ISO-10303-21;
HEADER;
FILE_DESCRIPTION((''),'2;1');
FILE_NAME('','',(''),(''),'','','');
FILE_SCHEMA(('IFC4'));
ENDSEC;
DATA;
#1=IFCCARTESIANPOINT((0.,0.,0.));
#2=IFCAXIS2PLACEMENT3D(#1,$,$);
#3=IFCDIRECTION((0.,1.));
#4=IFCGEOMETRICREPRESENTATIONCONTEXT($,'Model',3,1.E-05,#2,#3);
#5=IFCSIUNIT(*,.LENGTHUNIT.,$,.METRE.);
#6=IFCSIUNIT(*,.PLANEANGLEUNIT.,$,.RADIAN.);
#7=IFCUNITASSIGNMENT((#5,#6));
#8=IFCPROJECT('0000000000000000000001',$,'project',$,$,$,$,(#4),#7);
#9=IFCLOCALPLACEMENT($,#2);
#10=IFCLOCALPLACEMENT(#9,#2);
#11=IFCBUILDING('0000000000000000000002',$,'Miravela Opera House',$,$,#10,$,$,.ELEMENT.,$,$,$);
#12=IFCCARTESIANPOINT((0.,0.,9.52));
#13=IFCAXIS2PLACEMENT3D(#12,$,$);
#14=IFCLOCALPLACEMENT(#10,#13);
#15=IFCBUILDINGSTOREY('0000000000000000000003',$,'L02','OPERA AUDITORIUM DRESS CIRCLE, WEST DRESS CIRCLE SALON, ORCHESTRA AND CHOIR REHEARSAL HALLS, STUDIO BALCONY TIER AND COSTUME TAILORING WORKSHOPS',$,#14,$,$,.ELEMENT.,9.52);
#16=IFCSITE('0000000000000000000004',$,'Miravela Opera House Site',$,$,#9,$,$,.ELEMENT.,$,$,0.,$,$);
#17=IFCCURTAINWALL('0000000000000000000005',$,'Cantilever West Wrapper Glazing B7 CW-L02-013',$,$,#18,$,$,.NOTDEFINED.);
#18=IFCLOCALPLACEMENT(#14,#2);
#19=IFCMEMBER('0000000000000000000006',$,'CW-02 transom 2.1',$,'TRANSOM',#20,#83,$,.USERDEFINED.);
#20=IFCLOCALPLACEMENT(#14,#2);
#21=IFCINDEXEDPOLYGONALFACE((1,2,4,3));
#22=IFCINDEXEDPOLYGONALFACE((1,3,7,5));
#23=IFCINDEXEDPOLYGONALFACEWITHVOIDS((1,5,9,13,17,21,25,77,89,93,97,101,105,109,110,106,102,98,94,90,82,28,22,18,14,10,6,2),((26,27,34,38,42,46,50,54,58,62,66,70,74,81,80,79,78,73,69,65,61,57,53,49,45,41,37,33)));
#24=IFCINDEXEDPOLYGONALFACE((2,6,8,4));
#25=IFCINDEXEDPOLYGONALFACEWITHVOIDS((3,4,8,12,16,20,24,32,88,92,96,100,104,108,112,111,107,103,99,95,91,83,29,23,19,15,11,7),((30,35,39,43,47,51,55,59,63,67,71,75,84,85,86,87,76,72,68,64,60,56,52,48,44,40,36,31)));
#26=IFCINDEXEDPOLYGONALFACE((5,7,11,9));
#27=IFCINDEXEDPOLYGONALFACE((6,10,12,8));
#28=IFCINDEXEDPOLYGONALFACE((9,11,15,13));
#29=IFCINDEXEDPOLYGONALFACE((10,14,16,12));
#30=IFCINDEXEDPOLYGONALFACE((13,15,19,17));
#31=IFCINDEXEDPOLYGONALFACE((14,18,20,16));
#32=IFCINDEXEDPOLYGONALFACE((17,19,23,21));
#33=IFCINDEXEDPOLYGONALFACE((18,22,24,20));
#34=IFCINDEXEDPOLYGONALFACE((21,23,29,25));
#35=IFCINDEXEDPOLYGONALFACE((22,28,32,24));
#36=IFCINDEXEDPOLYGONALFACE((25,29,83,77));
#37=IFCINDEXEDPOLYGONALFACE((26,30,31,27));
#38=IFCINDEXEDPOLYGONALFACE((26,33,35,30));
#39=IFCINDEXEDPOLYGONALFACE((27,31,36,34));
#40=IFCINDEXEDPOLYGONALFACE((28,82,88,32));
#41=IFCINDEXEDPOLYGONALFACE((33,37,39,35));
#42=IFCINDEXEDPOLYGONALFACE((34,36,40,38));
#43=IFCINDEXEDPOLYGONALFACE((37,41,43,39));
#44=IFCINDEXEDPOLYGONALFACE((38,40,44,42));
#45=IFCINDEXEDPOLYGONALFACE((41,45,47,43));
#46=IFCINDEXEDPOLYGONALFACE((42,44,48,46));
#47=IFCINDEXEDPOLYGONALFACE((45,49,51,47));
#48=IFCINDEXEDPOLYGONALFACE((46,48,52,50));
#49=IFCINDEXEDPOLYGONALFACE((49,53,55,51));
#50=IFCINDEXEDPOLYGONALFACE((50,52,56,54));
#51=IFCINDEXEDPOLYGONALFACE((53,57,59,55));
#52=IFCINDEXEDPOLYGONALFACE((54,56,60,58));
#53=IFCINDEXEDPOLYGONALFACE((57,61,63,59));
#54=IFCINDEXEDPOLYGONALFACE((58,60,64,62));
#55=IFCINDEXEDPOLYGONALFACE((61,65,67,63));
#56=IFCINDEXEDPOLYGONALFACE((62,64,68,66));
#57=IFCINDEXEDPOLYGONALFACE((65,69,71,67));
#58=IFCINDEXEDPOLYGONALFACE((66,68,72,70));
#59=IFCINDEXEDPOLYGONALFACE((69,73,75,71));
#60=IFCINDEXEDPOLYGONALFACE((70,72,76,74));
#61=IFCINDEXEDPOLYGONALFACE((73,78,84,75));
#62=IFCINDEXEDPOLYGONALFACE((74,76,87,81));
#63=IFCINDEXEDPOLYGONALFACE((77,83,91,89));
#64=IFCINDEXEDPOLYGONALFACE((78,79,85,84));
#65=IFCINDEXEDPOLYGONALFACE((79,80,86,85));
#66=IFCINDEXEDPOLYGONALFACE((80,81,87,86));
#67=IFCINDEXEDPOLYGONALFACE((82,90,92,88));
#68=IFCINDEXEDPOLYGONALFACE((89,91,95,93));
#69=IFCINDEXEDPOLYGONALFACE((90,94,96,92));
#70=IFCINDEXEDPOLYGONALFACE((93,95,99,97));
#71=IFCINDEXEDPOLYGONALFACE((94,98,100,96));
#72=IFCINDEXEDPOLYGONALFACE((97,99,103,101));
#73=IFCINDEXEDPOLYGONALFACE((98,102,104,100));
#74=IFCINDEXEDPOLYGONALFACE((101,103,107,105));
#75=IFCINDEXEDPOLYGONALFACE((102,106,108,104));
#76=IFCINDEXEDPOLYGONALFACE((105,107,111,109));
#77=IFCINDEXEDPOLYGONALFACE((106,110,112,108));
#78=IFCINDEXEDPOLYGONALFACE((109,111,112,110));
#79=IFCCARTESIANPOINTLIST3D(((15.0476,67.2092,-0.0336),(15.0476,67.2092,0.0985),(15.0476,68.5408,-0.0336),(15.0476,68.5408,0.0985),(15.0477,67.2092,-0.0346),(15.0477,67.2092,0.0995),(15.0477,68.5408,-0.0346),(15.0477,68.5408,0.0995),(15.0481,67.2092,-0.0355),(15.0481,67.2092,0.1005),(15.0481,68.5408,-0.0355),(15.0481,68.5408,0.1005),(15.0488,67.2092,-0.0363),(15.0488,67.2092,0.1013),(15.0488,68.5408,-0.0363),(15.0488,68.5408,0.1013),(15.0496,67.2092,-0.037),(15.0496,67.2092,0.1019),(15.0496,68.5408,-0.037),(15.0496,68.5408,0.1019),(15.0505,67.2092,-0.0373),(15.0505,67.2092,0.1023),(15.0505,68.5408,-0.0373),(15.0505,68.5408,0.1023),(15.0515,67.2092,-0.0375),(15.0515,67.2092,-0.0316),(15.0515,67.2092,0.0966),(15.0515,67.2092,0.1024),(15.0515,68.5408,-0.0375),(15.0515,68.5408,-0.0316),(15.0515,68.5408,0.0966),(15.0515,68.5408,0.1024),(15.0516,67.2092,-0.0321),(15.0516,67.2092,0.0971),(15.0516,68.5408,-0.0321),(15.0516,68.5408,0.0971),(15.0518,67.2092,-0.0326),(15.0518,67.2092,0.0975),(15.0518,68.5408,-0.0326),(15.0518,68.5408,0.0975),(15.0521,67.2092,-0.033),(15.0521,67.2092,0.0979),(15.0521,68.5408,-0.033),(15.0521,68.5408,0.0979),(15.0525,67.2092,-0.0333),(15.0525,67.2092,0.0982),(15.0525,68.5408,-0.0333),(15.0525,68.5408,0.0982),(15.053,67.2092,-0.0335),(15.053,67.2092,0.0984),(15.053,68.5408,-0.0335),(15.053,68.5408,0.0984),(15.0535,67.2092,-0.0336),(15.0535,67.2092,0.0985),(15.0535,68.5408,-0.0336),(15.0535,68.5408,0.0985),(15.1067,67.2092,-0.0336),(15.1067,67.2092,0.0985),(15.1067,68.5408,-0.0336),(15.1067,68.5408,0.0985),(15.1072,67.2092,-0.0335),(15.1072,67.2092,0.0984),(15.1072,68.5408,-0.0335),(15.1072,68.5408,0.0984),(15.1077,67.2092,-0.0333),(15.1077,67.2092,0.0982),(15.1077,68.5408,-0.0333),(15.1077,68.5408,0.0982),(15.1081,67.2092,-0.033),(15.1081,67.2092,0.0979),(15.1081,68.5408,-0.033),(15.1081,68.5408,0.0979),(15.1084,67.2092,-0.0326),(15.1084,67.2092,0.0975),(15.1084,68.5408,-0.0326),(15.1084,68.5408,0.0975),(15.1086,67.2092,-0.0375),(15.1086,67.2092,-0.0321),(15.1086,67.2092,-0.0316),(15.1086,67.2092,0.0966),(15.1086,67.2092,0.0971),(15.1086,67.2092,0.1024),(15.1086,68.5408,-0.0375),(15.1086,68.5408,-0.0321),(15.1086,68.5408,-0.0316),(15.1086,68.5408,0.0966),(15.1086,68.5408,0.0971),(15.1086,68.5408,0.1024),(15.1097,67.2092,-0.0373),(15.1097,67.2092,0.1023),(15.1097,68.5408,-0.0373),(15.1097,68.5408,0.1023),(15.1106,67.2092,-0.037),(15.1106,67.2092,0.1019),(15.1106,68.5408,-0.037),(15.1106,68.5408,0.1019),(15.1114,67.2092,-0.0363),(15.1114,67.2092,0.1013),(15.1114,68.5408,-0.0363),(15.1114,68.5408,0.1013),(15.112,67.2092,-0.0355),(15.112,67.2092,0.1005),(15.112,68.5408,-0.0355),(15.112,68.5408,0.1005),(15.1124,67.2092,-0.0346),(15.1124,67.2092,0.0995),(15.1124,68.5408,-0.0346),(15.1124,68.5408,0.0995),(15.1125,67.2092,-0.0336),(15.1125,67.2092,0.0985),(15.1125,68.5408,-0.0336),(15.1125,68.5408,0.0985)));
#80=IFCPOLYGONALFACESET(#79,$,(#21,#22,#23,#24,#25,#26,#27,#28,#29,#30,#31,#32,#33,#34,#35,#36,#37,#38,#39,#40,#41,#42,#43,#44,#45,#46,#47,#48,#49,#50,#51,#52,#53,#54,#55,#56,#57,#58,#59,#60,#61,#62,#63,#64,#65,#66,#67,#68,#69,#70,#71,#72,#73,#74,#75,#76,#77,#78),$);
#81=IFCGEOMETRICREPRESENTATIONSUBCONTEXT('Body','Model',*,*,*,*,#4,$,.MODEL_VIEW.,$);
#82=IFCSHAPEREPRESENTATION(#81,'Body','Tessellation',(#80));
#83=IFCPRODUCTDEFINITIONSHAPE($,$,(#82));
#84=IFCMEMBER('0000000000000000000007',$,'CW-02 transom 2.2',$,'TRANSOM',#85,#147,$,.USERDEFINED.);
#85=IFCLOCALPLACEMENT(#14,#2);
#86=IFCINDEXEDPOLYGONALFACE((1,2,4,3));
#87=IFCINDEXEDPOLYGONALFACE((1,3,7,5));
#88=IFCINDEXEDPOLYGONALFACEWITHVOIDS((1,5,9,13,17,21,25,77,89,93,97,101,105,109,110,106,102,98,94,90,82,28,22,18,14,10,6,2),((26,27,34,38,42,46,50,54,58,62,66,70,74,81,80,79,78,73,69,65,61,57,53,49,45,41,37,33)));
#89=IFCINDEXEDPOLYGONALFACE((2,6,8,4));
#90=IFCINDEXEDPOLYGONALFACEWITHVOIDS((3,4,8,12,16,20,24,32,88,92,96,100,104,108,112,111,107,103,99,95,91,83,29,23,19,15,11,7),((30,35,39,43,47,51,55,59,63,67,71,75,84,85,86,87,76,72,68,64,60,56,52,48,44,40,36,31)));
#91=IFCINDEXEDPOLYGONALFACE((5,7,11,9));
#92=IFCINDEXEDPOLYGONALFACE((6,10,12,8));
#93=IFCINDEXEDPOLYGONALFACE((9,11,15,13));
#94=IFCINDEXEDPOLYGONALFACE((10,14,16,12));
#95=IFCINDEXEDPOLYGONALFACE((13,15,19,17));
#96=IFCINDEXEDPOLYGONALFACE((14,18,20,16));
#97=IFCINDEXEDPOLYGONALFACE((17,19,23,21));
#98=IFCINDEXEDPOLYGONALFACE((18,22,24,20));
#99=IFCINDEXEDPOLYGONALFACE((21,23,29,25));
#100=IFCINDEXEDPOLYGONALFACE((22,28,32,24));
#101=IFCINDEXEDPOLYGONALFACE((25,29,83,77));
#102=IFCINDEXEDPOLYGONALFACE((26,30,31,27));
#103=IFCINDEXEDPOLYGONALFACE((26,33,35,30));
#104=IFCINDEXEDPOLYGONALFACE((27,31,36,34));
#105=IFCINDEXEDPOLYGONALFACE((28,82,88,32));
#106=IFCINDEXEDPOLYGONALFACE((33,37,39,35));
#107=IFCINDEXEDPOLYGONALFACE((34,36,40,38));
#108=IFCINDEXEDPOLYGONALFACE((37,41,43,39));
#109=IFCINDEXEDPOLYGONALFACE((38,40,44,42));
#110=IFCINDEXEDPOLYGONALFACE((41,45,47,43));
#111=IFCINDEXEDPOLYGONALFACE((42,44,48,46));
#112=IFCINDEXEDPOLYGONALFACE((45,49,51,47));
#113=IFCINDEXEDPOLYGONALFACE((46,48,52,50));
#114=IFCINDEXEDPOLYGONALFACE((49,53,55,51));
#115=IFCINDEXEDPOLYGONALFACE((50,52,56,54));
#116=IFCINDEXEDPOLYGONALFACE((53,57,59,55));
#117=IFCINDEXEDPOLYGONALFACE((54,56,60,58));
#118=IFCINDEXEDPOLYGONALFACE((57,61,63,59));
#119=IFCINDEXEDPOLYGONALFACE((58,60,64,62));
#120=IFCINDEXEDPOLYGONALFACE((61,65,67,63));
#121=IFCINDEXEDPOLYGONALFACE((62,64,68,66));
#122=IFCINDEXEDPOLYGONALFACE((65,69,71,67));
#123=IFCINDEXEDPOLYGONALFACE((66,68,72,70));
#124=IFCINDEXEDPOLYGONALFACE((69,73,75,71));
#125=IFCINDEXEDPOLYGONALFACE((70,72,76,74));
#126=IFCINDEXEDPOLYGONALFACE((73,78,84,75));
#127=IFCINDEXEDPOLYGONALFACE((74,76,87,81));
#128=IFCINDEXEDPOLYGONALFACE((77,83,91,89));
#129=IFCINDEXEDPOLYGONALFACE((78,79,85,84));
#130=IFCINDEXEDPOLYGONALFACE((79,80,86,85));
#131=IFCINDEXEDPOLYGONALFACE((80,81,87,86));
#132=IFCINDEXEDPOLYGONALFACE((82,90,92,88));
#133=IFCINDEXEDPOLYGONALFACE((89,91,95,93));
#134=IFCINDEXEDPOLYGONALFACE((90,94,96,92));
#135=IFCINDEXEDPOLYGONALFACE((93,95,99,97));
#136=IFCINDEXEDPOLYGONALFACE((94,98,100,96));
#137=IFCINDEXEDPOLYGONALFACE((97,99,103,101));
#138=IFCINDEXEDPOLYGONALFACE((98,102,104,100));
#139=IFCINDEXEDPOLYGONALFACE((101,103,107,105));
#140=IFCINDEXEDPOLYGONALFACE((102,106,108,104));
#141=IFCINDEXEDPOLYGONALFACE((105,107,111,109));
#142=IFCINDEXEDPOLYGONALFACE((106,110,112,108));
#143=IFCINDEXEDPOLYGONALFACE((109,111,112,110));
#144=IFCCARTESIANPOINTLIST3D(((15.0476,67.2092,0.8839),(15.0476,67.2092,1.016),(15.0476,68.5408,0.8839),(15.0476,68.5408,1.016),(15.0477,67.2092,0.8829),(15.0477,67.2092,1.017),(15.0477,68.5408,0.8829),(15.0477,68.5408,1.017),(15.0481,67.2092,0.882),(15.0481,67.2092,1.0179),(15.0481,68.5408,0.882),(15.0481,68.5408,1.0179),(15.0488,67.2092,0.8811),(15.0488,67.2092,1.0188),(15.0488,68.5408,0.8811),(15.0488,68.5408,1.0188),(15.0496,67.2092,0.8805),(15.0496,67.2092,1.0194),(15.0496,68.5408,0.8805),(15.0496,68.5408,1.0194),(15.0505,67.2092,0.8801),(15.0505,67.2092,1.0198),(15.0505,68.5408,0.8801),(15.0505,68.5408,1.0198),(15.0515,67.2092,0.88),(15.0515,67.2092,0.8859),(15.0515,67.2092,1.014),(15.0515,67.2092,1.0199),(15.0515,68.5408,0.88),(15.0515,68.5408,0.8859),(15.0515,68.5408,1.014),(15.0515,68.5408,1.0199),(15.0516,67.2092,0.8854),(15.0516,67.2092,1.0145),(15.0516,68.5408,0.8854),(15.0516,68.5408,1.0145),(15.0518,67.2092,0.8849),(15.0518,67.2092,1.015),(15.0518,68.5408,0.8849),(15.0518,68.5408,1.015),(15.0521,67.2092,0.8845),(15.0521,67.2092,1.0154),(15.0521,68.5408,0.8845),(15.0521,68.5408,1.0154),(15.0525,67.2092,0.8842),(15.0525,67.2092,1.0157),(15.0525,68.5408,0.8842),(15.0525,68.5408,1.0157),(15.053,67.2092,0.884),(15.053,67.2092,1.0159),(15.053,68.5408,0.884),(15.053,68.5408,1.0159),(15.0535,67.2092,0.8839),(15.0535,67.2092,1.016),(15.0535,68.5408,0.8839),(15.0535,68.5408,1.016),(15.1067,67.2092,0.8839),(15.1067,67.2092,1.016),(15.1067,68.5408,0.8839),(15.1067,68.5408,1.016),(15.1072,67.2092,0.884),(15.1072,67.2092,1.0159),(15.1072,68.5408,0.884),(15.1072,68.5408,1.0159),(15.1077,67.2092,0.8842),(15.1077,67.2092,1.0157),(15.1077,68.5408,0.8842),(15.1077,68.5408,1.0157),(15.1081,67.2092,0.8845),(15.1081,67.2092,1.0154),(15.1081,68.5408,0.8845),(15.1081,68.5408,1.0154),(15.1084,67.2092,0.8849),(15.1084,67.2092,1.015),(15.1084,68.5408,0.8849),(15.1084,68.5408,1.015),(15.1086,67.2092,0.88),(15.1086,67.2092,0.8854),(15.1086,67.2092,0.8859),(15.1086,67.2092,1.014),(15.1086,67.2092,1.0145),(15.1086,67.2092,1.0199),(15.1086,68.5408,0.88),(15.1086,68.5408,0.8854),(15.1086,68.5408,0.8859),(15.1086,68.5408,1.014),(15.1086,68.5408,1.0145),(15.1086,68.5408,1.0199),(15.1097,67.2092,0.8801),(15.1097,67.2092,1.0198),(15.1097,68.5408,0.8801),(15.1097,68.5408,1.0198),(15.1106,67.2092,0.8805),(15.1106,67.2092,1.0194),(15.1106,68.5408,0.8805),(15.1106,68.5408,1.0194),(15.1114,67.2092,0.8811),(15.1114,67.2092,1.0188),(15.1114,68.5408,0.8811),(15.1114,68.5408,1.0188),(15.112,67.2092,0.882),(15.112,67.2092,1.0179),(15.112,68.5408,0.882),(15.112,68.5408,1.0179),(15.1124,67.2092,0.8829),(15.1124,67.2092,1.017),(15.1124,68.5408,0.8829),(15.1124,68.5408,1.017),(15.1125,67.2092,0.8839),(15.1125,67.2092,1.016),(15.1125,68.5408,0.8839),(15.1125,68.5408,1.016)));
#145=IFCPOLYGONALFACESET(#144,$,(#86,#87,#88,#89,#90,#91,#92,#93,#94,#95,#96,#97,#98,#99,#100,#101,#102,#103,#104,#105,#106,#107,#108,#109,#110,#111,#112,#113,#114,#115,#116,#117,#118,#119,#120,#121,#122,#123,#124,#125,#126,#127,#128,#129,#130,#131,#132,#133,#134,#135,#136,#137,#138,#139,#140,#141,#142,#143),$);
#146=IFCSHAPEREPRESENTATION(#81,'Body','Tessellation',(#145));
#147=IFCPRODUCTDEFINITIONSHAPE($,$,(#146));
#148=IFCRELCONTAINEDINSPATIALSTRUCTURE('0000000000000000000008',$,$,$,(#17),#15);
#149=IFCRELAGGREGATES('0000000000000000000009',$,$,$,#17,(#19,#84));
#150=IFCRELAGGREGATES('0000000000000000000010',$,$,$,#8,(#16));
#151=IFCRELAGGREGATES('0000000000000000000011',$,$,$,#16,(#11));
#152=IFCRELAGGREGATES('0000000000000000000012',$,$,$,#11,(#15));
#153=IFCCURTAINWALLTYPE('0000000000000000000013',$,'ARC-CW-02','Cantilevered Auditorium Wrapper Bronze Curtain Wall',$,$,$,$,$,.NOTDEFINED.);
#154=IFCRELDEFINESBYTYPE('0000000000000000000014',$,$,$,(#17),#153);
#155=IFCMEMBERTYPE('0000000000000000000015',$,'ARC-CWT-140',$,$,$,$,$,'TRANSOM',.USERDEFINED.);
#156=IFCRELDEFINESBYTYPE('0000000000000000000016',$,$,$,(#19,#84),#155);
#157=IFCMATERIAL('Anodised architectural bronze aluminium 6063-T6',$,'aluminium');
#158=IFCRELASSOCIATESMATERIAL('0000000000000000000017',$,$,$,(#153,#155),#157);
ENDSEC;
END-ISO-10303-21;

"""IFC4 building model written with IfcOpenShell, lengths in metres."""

from ifc_helpers import new_model, si_unit, direction, frame, origin, origin_2d, place, context, subcontext, project, spatial, hollow_rectangle, extrude, material, material_profile, profile_set, type_object, element, aggregate, save


model = new_model("IFC4")

# Units and contexts
model_context = context("Model", 3, precision=1e-05, world=origin(), true_north=direction((0.0, 1.0)))
body_context = subcontext(model_context, "Body", "Model", "MODEL_VIEW")
ifc_project = project(units=[si_unit("LENGTHUNIT", "METRE"), si_unit("PLANEANGLEUNIT", "RADIAN")], contexts=[model_context])

# Site, building, storey
site_placement = place(None, origin())
site = spatial("IfcSite", under=ifc_project, at=site_placement, Name="Miravela Opera House Site", CompositionType="ELEMENT", RefElevation=0.0)
building_placement = place(site_placement, origin())
building = spatial("IfcBuilding", under=site, at=building_placement, Name="Miravela Opera House", CompositionType="ELEMENT")
storey_placement = place(building_placement, frame((0.0, 0.0, 9.52)))
storey = spatial("IfcBuildingStorey", under=building, at=storey_placement, Name="L02", Description="OPERA AUDITORIUM DRESS CIRCLE, WEST DRESS CIRCLE SALON, ORCHESTRA AND CHOIR REHEARSAL HALLS, STUDIO BALCONY TIER AND COSTUME TAILORING WORKSHOPS", CompositionType="ELEMENT", Elevation=9.52)

# Curtain wall, members
ifc_material_1 = material(Name="Anodised architectural bronze aluminium 6063-T6", Category="aluminium")
curtain_wall_type = type_object("IfcCurtainWallType", Name="ARC-CW-02", Description="Cantilevered Auditorium Wrapper Bronze Curtain Wall", PredefinedType="NOTDEFINED", material=ifc_material_1)
curtain_wall_placement = place(storey_placement, origin())
curtain_wall = element("IfcCurtainWall", 1, at=curtain_wall_placement, inside=storey, type_object=curtain_wall_type, Name="Cantilever West Wrapper Glazing B7 CW-L02-013", PredefinedType="NOTDEFINED")
ifc_material_profile_1 = material_profile(ifc_material_1, hollow_rectangle(XDim=0.0649, YDim=0.1399, WallThickness=0.0039, InnerFilletRadius=0.002, OuterFilletRadius=0.0039, at=origin_2d()), Name="CWT-65X140")
ifc_profile_set_1 = profile_set([ifc_material_profile_1])
member_type_1 = type_object("IfcMemberType", Name="ARC-CWT-140", ElementType="TRANSOM", PredefinedType="USERDEFINED", material=ifc_profile_set_1)
member_1_placement = place(storey_placement, frame((15.0801, 67.2092, 0.0325), z_axis=(0.0, 1.0, 0.0), x_axis=(-1.0, 0.0, 0.0)))
member_1 = element("IfcMember", 2, at=member_1_placement, type_object=member_type_1, Name="CW-02 transom 2.1", ObjectType="TRANSOM", PredefinedType="USERDEFINED", context=body_context, shape_type="SweptSolid", body=[
    extrude(hollow_rectangle(XDim=0.0649, YDim=0.1399, WallThickness=0.0039, InnerFilletRadius=0.002, OuterFilletRadius=0.0039, at=origin_2d()), origin(), (0.0, 0.0, 1.0), 1.3315),
])
member_2_placement = place(storey_placement, frame((15.0801, 67.2092, 0.95), z_axis=(0.0, 1.0, 0.0), x_axis=(-1.0, 0.0, 0.0)))
member_2 = element("IfcMember", 3, at=member_2_placement, type_object=member_type_1, Name="CW-02 transom 2.2", ObjectType="TRANSOM", PredefinedType="USERDEFINED", context=body_context, shape_type="SweptSolid", body=[
    extrude(hollow_rectangle(XDim=0.0649, YDim=0.1399, WallThickness=0.0039, InnerFilletRadius=0.002, OuterFilletRadius=0.0039, at=origin_2d()), origin(), (0.0, 0.0, 1.0), 1.3315),
])

aggregate(curtain_wall, [member_1, member_2])

save(model, "model.ifc")
